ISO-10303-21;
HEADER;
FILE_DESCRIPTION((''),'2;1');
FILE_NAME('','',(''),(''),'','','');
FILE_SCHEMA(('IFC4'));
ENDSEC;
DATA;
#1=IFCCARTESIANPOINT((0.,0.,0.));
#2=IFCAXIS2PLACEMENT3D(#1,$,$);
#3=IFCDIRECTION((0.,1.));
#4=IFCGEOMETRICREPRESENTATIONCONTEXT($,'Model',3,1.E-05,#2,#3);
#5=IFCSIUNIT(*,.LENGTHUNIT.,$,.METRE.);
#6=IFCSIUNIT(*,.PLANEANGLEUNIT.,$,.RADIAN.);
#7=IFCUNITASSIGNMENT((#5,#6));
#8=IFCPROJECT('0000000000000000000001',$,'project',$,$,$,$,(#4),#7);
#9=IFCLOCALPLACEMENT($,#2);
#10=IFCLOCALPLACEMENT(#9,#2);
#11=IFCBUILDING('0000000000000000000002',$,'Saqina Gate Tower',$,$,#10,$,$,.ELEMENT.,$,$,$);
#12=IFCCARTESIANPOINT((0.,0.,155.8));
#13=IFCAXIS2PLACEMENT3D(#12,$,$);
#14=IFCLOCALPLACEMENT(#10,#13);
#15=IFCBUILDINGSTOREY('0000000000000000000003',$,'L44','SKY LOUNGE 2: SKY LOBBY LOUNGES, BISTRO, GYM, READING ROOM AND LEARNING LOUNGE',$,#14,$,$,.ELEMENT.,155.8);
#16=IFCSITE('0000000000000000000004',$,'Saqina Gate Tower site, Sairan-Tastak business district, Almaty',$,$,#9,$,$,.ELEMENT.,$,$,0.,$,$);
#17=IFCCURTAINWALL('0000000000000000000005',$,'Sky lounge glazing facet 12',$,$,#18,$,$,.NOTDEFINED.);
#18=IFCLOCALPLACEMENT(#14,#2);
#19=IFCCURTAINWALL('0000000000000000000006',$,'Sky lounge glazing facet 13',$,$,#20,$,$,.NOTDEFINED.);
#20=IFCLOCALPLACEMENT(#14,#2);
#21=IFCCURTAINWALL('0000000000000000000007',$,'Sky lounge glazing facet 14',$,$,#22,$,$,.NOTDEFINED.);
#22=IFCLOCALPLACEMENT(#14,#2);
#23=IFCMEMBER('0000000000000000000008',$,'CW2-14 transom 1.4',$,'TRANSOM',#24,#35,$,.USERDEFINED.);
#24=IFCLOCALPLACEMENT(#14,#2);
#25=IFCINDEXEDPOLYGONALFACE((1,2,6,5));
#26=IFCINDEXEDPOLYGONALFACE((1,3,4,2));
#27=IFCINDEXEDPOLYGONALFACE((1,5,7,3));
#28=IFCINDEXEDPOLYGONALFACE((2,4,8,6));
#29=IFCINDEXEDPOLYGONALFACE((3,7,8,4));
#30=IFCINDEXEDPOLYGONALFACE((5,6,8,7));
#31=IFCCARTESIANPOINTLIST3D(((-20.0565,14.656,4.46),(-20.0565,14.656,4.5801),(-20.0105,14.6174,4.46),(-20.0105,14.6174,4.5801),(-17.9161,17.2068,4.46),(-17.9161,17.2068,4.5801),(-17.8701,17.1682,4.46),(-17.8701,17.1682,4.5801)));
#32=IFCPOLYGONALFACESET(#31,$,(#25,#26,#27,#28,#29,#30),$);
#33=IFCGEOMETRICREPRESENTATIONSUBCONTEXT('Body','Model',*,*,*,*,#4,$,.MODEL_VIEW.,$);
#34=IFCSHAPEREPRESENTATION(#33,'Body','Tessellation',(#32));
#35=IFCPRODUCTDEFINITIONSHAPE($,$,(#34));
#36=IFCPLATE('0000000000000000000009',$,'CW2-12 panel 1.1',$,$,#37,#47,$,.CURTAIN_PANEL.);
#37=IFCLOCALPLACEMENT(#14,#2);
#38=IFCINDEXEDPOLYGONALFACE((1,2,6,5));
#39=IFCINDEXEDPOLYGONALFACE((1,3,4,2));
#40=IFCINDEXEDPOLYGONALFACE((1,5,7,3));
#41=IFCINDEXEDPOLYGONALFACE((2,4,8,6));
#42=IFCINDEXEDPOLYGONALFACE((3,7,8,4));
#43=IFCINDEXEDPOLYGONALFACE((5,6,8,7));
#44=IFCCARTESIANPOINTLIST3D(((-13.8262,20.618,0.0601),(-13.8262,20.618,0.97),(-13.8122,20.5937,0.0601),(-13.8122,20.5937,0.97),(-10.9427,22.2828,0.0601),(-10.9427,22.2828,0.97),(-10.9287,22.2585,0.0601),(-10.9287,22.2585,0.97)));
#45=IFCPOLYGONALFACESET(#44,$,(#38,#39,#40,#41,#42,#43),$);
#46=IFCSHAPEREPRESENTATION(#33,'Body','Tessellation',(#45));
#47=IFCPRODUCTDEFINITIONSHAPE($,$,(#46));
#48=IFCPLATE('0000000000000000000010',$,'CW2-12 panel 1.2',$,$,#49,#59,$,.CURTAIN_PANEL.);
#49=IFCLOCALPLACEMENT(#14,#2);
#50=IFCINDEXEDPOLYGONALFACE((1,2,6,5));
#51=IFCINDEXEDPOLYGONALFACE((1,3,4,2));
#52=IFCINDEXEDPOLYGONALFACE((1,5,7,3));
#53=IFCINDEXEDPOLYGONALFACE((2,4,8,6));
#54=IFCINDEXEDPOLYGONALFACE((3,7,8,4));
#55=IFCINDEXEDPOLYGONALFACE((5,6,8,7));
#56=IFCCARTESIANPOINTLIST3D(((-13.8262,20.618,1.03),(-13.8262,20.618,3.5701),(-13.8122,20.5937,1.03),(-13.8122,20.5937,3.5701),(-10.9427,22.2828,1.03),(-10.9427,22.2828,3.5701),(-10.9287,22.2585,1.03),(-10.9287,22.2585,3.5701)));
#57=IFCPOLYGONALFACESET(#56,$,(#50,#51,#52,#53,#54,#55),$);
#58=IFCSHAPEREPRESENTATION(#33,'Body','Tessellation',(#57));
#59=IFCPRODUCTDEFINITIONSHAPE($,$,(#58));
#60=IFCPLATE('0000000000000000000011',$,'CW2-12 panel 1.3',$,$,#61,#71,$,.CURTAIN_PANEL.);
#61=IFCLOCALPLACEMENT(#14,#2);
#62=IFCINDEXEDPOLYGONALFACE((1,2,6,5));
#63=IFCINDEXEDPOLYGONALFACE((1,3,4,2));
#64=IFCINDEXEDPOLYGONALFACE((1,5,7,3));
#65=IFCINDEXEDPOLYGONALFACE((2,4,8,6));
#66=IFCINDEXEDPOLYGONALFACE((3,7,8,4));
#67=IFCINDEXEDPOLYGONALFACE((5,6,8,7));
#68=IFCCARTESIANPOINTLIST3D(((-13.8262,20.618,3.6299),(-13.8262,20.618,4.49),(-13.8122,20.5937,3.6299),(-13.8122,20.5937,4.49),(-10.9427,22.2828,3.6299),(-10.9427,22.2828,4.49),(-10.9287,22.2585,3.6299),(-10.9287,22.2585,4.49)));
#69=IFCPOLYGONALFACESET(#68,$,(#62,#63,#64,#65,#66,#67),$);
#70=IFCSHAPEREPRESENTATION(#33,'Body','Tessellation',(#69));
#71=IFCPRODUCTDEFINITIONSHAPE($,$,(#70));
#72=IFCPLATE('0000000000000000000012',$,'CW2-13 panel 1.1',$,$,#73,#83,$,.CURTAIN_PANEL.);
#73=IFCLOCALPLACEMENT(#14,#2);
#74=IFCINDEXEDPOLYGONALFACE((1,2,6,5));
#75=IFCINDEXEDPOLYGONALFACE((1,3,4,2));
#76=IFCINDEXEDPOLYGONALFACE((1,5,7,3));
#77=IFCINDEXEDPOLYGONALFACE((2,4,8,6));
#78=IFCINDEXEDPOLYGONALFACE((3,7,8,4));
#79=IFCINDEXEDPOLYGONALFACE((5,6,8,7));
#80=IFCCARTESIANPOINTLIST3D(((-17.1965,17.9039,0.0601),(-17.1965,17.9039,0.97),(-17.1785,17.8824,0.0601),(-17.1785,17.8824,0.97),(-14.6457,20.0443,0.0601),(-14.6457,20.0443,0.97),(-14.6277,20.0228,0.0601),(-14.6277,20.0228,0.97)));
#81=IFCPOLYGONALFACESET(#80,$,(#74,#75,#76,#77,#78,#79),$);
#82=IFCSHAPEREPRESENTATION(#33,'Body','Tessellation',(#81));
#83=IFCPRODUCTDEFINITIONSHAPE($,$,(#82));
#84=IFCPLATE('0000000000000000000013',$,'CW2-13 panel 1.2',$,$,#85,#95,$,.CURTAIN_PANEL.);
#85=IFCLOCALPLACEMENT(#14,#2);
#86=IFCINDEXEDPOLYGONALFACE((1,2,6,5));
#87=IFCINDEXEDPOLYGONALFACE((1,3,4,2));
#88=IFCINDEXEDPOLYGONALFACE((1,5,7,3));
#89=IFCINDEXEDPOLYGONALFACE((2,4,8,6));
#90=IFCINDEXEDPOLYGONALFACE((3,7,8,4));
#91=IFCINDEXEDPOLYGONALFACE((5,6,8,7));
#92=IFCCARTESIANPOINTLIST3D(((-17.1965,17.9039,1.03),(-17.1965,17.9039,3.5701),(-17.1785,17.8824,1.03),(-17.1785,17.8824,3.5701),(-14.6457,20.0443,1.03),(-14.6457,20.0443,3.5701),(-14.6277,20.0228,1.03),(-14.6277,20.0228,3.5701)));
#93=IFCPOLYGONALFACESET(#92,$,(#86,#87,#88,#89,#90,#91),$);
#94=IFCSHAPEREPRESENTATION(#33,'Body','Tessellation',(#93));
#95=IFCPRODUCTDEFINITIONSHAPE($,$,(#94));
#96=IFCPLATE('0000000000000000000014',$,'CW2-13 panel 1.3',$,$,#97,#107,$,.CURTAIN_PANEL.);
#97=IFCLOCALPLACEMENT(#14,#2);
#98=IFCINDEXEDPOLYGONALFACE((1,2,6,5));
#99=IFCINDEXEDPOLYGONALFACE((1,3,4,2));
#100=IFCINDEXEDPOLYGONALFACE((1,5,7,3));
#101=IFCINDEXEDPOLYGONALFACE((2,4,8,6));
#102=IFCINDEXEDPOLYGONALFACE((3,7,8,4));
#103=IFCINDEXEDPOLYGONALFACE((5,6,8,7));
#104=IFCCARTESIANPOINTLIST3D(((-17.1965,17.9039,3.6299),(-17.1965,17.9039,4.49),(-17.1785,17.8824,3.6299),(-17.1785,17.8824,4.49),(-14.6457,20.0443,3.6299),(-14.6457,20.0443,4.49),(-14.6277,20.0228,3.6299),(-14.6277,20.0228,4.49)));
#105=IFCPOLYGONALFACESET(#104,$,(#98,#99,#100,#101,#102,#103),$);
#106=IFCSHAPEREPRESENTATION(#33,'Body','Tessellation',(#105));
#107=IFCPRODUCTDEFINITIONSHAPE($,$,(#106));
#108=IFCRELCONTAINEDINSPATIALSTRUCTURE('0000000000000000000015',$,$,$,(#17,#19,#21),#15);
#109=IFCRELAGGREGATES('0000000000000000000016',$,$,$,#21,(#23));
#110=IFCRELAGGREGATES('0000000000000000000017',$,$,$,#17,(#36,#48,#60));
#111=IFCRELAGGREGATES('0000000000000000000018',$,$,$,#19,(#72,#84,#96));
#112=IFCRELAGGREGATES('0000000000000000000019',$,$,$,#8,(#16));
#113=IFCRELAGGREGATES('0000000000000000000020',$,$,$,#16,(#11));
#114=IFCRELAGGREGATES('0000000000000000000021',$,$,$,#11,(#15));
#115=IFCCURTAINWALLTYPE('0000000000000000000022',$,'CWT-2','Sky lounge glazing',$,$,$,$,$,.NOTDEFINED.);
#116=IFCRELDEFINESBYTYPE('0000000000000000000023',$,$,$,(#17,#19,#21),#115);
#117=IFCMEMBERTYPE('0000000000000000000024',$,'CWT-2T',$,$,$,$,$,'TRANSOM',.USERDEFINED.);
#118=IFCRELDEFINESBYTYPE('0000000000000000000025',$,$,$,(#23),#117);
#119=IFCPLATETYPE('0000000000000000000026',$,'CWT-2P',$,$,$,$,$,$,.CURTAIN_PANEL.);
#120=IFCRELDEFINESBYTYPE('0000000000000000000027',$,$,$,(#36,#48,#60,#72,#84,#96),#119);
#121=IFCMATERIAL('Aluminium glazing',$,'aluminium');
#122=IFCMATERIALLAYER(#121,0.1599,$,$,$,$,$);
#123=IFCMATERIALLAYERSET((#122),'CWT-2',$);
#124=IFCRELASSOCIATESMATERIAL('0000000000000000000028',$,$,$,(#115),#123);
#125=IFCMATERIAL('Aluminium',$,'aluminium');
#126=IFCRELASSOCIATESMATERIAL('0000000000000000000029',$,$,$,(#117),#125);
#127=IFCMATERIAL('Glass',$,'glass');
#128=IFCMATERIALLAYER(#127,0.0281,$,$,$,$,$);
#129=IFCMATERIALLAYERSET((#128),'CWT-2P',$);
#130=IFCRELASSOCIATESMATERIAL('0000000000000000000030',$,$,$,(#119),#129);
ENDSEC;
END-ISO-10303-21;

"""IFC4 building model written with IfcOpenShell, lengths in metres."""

from ifc_helpers import new_model, si_unit, direction, frame, origin, origin_2d, place, context, subcontext, project, spatial, rectangle, extrude, material, layer, layer_set, material_profile, profile_set, type_object, element, aggregate, save


model = new_model("IFC4")

# Units and contexts
model_context = context("Model", 3, precision=1e-05, world=origin(), true_north=direction((0.0, 1.0)))
body_context = subcontext(model_context, "Body", "Model", "MODEL_VIEW")
ifc_project = project(units=[si_unit("LENGTHUNIT", "METRE"), si_unit("PLANEANGLEUNIT", "RADIAN")], contexts=[model_context])

# Site, building, storey
site_placement = place(None, origin())
site = spatial("IfcSite", under=ifc_project, at=site_placement, Name="Saqina Gate Tower site, Sairan-Tastak business district, Almaty", CompositionType="ELEMENT", RefElevation=0.0)
building_placement = place(site_placement, origin())
building = spatial("IfcBuilding", under=site, at=building_placement, Name="Saqina Gate Tower", CompositionType="ELEMENT")
storey_placement = place(building_placement, frame((0.0, 0.0, 155.8)))
storey = spatial("IfcBuildingStorey", under=building, at=storey_placement, Name="L44", Description="SKY LOUNGE 2: SKY LOBBY LOUNGES, BISTRO, GYM, READING ROOM AND LEARNING LOUNGE", CompositionType="ELEMENT", Elevation=155.8)

# Curtain wall
ifc_material_1 = material(Name="Aluminium glazing", Category="aluminium")
ifc_layer_1 = layer(ifc_material_1, 0.1599)
ifc_layer_set_1 = layer_set([ifc_layer_1], Name="CWT-2")
curtain_wall_type = type_object("IfcCurtainWallType", Name="CWT-2", Description="Sky lounge glazing", PredefinedType="NOTDEFINED", material=ifc_layer_set_1)
curtain_wall_1_placement = place(storey_placement, origin())
curtain_wall_1 = element("IfcCurtainWall", 1, at=curtain_wall_1_placement, inside=storey, type_object=curtain_wall_type, Name="Sky lounge glazing facet 12", PredefinedType="NOTDEFINED")

# Curtain wall
curtain_wall_2_placement = place(storey_placement, origin())
curtain_wall_2 = element("IfcCurtainWall", 2, at=curtain_wall_2_placement, inside=storey, type_object=curtain_wall_type, Name="Sky lounge glazing facet 13", PredefinedType="NOTDEFINED")

# Curtain wall
curtain_wall_3_placement = place(storey_placement, origin())
curtain_wall_3 = element("IfcCurtainWall", 3, at=curtain_wall_3_placement, inside=storey, type_object=curtain_wall_type, Name="Sky lounge glazing facet 14", PredefinedType="NOTDEFINED")

# Member
ifc_material_2 = material(Name="Aluminium", Category="aluminium")
ifc_material_profile_1 = material_profile(ifc_material_2, rectangle(XDim=0.0601, YDim=0.1201, at=origin_2d()), Name="Aluminium 60x120")
ifc_profile_set_1 = profile_set([ifc_material_profile_1], Name="Aluminium")
member_type_1 = type_object("IfcMemberType", Name="CWT-2T", ElementType="TRANSOM", PredefinedType="USERDEFINED", material=ifc_profile_set_1)
member_1_placement = place(storey_placement, frame((-17.8931, 17.1875, 4.52), z_axis=(-0.642791, -0.766041, 0.0), x_axis=(0.766041, -0.642791, 0.0)))
member_1 = element("IfcMember", 4, at=member_1_placement, type_object=member_type_1, Name="CW2-14 transom 1.4", ObjectType="TRANSOM", PredefinedType="USERDEFINED", context=body_context, shape_type="SweptSolid", body=[
    extrude(rectangle(XDim=0.0601, YDim=0.1201, at=origin_2d()), origin(), (0.0, 0.0, 1.0), 3.3298),
])
aggregate(curtain_wall_3, [member_1])

# Plates
ifc_material_3 = material(Name="Glass", Category="glass")
ifc_layer_2 = layer(ifc_material_3, 0.0281)
ifc_layer_set_2 = layer_set([ifc_layer_2], Name="CWT-2P")
plate_type = type_object("IfcPlateType", Name="CWT-2P", PredefinedType="CURTAIN_PANEL", material=ifc_layer_set_2)
plate_1_placement = place(storey_placement, frame((-12.3774, 21.4382, 0.0601), z_axis=(0.0, 0.0, 1.0), x_axis=(-0.866017, -0.500014, 0.0)))
plate_1 = element("IfcPlate", 5, at=plate_1_placement, type_object=plate_type, Name="CW2-12 panel 1.1", PredefinedType="CURTAIN_PANEL", context=body_context, shape_type="SweptSolid", body=[
    extrude(rectangle(XDim=3.3296, YDim=0.0281, at=origin_2d()), origin(), (0.0, 0.0, 1.0), 0.9099),
])
plate_2_placement = place(storey_placement, frame((-12.3774, 21.4382, 1.03), z_axis=(0.0, 0.0, 1.0), x_axis=(-0.866017, -0.500014, 0.0)))
plate_2 = element("IfcPlate", 6, at=plate_2_placement, type_object=plate_type, Name="CW2-12 panel 1.2", PredefinedType="CURTAIN_PANEL", context=body_context, shape_type="SweptSolid", body=[
    extrude(rectangle(XDim=3.3296, YDim=0.0281, at=origin_2d()), origin(), (0.0, 0.0, 1.0), 2.54),
])
plate_3_placement = place(storey_placement, frame((-12.3774, 21.4382, 3.6299), z_axis=(0.0, 0.0, 1.0), x_axis=(-0.866017, -0.500014, 0.0)))
plate_3 = element("IfcPlate", 7, at=plate_3_placement, type_object=plate_type, Name="CW2-12 panel 1.3", PredefinedType="CURTAIN_PANEL", context=body_context, shape_type="SweptSolid", body=[
    extrude(rectangle(XDim=3.3296, YDim=0.0281, at=origin_2d()), origin(), (0.0, 0.0, 1.0), 0.8601),
])
aggregate(curtain_wall_1, [plate_1, plate_2, plate_3])
plate_4_placement = place(storey_placement, frame((-15.9121, 18.9634, 0.0601), z_axis=(0.0, 0.0, 1.0), x_axis=(-0.766043, -0.64279, 0.0)))
plate_4 = element("IfcPlate", 8, at=plate_4_placement, type_object=plate_type, Name="CW2-13 panel 1.1", PredefinedType="CURTAIN_PANEL", context=body_context, shape_type="SweptSolid", body=[
    extrude(rectangle(XDim=3.3298, YDim=0.0281, at=origin_2d()), origin(), (0.0, 0.0, 1.0), 0.9099),
])
plate_5_placement = place(storey_placement, frame((-15.9121, 18.9634, 1.03), z_axis=(0.0, 0.0, 1.0), x_axis=(-0.766043, -0.64279, 0.0)))
plate_5 = element("IfcPlate", 9, at=plate_5_placement, type_object=plate_type, Name="CW2-13 panel 1.2", PredefinedType="CURTAIN_PANEL", context=body_context, shape_type="SweptSolid", body=[
    extrude(rectangle(XDim=3.3298, YDim=0.0281, at=origin_2d()), origin(), (0.0, 0.0, 1.0), 2.54),
])
plate_6_placement = place(storey_placement, frame((-15.9121, 18.9634, 3.6299), z_axis=(0.0, 0.0, 1.0), x_axis=(-0.766043, -0.64279, 0.0)))
plate_6 = element("IfcPlate", 10, at=plate_6_placement, type_object=plate_type, Name="CW2-13 panel 1.3", PredefinedType="CURTAIN_PANEL", context=body_context, shape_type="SweptSolid", body=[
    extrude(rectangle(XDim=3.3298, YDim=0.0281, at=origin_2d()), origin(), (0.0, 0.0, 1.0), 0.8601),
])
aggregate(curtain_wall_2, [plate_4, plate_5, plate_6])

save(model, "model.ifc")
